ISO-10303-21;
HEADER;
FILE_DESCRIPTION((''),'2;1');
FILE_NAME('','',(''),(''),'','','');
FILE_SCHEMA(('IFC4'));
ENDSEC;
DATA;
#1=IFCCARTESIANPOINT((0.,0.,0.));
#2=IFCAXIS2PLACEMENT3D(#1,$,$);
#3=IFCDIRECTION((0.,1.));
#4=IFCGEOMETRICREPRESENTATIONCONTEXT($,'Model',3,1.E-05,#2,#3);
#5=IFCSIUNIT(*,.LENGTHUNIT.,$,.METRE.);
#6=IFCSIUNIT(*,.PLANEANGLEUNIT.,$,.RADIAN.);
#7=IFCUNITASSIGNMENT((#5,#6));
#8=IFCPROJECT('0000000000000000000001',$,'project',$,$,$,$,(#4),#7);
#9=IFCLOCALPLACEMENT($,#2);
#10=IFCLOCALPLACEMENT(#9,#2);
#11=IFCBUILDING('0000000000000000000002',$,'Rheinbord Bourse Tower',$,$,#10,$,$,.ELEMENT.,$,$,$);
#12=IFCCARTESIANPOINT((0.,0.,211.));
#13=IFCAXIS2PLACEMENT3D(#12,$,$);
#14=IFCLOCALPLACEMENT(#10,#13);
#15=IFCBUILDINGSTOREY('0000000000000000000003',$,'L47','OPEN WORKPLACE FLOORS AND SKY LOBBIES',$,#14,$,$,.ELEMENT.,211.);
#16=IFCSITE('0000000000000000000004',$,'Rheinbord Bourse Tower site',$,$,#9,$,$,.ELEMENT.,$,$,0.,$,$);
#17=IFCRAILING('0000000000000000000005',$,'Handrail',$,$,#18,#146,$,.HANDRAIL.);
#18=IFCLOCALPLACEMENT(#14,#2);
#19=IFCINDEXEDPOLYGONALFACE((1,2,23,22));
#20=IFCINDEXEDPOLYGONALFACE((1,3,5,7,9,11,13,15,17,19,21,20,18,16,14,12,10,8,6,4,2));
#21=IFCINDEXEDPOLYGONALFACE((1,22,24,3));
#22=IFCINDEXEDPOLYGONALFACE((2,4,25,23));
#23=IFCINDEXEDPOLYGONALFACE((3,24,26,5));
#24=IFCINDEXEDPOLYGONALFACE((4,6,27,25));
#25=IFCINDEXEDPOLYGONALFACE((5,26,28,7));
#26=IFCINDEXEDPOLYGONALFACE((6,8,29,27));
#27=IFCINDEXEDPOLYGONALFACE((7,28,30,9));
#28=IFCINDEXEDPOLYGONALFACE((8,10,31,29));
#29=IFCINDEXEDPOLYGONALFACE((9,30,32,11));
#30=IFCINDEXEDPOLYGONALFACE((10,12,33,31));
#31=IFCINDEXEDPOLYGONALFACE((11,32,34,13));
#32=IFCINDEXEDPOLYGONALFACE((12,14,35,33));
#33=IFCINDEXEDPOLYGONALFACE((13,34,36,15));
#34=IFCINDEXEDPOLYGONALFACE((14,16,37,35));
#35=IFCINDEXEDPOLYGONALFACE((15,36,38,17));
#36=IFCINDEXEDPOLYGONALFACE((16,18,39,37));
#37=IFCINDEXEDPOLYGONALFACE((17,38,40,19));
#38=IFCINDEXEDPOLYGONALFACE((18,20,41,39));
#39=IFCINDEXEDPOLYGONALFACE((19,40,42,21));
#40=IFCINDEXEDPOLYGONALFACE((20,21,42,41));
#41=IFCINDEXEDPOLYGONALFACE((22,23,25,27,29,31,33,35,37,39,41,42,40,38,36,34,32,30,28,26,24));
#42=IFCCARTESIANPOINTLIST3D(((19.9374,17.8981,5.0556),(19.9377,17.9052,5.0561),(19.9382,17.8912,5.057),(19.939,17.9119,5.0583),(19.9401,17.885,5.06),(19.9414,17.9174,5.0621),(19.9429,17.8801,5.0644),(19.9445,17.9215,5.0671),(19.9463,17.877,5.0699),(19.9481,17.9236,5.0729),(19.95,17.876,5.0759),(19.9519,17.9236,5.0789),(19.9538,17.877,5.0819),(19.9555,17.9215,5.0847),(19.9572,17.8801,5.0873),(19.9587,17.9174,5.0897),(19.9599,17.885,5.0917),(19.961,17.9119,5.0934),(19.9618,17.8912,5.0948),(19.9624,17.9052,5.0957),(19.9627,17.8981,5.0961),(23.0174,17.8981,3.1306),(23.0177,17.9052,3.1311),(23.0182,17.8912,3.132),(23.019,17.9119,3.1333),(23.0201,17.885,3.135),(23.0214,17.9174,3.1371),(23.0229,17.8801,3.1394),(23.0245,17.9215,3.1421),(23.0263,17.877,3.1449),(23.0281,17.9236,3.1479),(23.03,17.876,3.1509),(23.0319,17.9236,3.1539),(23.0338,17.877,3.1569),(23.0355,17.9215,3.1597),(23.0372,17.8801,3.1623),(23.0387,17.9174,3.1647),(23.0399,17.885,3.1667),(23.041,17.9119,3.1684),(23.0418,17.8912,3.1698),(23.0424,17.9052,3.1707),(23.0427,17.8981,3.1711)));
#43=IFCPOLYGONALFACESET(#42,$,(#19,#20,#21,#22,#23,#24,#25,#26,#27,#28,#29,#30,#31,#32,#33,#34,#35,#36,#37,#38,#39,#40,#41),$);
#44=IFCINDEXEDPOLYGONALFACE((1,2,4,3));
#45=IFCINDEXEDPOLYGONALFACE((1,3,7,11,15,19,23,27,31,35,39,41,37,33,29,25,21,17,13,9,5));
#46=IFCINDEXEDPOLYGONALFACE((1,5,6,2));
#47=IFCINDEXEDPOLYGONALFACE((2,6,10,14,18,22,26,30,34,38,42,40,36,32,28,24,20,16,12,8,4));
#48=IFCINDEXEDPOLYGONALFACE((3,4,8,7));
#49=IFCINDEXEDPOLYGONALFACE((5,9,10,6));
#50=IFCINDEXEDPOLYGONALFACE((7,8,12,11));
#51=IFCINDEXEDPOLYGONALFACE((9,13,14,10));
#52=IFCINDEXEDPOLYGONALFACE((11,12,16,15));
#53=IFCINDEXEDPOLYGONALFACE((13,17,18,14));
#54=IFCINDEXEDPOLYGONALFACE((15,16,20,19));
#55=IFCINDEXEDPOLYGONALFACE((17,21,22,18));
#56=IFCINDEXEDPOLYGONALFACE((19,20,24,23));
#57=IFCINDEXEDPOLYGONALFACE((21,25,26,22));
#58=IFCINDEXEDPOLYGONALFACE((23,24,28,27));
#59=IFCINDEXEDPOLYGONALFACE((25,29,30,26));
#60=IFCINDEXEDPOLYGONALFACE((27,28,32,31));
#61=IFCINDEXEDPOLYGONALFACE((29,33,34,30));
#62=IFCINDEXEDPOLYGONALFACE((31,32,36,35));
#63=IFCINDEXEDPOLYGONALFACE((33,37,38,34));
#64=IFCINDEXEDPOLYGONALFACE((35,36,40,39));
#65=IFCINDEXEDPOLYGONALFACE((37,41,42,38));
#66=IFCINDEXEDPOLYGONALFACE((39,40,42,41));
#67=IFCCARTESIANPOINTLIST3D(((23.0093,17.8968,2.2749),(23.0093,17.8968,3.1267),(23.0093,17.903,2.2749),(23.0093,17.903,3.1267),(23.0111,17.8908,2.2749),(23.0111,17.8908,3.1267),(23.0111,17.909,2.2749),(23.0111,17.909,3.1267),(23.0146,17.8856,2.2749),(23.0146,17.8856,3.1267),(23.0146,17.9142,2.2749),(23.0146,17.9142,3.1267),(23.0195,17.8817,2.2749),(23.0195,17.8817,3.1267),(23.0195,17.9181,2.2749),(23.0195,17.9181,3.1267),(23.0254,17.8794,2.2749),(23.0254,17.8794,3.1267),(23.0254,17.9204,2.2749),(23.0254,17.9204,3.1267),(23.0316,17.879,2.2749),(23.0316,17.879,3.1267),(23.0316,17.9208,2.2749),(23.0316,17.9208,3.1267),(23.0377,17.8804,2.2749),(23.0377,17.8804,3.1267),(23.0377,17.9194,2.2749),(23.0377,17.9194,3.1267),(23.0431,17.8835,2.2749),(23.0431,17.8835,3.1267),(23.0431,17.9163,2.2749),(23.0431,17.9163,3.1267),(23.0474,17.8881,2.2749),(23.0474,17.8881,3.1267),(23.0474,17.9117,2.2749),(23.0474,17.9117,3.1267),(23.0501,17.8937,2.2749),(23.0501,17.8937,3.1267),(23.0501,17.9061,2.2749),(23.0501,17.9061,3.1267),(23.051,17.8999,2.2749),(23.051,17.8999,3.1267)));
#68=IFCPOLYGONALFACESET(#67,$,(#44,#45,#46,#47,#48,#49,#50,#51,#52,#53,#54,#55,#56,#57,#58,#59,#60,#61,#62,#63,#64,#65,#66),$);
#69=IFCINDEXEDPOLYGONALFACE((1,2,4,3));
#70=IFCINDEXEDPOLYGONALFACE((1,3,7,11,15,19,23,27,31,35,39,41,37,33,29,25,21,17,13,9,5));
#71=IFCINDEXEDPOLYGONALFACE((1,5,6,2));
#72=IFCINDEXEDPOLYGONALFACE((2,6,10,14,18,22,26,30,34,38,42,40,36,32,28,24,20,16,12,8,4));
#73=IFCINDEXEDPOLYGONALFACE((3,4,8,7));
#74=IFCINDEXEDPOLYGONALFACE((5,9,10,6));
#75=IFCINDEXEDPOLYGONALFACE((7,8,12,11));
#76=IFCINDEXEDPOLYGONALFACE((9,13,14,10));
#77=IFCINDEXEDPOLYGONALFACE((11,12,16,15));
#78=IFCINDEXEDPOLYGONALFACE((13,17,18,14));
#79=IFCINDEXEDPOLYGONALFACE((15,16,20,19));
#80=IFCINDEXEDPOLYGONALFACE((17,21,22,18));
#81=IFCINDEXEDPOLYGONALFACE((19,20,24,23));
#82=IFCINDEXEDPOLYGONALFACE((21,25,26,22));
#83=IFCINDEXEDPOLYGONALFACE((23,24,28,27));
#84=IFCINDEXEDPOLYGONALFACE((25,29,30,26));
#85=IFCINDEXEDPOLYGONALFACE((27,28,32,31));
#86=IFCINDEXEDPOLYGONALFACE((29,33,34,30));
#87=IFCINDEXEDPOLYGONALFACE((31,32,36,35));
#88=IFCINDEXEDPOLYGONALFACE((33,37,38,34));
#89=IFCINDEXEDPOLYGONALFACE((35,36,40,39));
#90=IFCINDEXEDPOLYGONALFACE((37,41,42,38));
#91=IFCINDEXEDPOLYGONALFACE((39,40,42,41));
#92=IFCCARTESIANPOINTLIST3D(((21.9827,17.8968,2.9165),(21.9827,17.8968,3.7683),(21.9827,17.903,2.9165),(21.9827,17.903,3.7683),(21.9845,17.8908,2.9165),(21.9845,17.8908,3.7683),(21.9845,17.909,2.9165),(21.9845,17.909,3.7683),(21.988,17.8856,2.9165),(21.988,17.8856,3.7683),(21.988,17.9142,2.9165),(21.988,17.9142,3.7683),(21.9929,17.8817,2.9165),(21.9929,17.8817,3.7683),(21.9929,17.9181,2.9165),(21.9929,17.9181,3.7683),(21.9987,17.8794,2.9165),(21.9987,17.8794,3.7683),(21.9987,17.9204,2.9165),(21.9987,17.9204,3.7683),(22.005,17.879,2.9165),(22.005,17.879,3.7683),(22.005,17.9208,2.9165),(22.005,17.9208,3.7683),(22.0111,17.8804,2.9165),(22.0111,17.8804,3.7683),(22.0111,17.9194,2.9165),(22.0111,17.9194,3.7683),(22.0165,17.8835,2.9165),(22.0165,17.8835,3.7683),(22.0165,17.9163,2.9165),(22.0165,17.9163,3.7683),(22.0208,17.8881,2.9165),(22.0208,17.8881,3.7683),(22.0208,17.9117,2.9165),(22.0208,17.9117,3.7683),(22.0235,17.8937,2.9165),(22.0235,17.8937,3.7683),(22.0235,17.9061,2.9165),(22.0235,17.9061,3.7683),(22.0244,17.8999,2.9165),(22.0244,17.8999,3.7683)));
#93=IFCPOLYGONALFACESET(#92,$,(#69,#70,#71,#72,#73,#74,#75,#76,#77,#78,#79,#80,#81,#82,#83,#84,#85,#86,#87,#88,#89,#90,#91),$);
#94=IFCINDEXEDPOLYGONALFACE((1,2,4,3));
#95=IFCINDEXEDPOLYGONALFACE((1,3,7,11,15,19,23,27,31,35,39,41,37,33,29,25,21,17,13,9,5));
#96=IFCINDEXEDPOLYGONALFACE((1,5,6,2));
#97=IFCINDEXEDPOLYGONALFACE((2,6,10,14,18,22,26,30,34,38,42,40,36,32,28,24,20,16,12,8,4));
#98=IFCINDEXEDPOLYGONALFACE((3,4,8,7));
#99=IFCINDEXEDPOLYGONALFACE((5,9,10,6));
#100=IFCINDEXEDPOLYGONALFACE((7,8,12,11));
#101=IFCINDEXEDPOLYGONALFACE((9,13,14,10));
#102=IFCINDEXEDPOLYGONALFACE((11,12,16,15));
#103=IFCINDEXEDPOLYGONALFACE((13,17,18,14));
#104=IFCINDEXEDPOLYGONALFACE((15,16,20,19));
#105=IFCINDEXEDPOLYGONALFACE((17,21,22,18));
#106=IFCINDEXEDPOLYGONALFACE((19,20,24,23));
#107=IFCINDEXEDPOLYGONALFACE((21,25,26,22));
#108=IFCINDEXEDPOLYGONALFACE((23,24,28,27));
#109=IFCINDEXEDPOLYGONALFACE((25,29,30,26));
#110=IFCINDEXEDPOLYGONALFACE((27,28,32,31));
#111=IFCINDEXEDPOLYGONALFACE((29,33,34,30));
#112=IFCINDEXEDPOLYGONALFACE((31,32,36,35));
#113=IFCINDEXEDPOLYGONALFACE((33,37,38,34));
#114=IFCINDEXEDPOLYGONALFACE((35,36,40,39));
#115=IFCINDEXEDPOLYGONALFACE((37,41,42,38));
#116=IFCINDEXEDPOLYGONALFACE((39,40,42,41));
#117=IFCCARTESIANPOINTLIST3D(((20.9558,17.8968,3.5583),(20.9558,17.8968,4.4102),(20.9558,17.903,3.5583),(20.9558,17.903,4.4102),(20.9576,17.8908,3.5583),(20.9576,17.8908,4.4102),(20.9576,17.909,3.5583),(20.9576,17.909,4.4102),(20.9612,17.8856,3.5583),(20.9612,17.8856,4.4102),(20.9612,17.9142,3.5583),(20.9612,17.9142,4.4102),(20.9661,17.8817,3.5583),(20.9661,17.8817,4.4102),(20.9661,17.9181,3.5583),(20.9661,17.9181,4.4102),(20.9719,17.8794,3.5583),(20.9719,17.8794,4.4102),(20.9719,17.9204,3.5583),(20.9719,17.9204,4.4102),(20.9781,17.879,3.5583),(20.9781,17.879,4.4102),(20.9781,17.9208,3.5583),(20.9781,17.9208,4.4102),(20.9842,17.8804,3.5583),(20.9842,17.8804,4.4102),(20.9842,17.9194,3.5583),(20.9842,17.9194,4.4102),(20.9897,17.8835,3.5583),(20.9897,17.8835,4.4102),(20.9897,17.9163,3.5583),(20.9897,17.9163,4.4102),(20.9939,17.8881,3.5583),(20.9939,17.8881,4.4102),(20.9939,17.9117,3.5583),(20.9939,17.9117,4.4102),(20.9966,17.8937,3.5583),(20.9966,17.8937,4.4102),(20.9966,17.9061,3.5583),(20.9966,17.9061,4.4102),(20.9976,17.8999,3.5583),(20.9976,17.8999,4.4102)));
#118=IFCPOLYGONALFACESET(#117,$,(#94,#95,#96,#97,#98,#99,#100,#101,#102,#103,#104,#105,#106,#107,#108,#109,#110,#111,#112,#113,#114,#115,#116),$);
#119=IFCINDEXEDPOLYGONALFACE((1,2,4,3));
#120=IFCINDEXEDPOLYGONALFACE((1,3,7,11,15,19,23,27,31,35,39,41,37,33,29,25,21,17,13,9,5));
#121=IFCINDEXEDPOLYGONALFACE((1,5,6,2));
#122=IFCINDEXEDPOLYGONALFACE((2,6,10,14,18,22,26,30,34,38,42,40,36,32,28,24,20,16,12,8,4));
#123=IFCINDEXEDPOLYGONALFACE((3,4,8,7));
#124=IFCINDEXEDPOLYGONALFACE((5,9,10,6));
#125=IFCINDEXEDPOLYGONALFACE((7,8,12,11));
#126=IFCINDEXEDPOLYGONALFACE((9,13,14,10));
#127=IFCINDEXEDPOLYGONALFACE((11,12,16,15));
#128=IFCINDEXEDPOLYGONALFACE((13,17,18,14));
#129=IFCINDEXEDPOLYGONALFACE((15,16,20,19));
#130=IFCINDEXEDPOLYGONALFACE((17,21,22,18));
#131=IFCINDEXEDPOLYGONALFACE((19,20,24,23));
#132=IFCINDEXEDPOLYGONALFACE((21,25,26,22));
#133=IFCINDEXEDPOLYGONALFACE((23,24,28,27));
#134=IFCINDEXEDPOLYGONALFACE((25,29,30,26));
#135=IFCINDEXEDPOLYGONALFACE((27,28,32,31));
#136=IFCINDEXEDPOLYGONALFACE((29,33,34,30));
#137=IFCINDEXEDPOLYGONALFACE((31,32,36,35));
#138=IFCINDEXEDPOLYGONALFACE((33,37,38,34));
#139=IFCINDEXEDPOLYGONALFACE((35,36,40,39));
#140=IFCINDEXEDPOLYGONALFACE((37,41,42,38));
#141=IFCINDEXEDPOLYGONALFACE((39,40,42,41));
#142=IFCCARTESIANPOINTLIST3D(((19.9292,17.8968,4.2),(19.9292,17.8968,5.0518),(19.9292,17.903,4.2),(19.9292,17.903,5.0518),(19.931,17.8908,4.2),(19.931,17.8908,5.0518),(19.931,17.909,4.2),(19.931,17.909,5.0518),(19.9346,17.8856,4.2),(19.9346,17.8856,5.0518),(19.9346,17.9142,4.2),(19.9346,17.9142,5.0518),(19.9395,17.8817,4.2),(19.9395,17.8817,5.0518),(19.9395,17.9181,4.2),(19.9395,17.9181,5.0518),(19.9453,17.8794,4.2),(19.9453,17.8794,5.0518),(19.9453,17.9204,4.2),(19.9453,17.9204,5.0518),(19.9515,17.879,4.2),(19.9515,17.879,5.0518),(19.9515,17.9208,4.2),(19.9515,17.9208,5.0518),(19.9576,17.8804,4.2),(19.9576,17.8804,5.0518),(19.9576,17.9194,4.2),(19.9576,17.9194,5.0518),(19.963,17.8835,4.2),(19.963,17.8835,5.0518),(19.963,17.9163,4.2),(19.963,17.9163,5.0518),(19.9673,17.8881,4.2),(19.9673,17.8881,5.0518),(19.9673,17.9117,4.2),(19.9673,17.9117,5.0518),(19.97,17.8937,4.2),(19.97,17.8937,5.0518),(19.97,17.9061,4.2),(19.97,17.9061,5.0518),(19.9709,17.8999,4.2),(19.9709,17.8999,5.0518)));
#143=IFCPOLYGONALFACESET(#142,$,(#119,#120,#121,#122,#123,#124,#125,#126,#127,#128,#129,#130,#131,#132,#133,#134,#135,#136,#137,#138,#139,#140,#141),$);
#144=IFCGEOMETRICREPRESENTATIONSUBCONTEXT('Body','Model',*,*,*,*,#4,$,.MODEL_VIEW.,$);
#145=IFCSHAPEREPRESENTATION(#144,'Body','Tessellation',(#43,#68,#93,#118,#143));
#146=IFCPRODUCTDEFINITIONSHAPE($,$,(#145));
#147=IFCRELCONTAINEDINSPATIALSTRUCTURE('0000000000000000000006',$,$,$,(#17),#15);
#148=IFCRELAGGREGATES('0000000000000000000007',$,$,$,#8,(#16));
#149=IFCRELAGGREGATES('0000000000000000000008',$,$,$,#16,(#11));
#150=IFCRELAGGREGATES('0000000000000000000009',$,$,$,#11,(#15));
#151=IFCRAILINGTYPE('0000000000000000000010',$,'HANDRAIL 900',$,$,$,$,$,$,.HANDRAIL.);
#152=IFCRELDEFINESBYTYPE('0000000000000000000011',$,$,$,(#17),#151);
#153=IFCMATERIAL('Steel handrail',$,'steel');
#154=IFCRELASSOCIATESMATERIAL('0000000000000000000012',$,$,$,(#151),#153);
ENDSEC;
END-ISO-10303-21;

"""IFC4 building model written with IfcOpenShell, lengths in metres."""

from ifc_helpers import new_model, si_unit, direction, frame, origin, origin_2d, place, context, subcontext, project, spatial, circle, extrude, material, type_object, element, save


model = new_model("IFC4")

# Units and contexts
model_context = context("Model", 3, precision=1e-05, world=origin(), true_north=direction((0.0, 1.0)))
body_context = subcontext(model_context, "Body", "Model", "MODEL_VIEW")
ifc_project = project(units=[si_unit("LENGTHUNIT", "METRE"), si_unit("PLANEANGLEUNIT", "RADIAN")], contexts=[model_context])

# Site, building, storey
site_placement = place(None, origin())
site = spatial("IfcSite", under=ifc_project, at=site_placement, Name="Rheinbord Bourse Tower site", CompositionType="ELEMENT", RefElevation=0.0)
building_placement = place(site_placement, origin())
building = spatial("IfcBuilding", under=site, at=building_placement, Name="Rheinbord Bourse Tower", CompositionType="ELEMENT")
storey_placement = place(building_placement, frame((0.0, 0.0, 211.0)))
storey = spatial("IfcBuildingStorey", under=building, at=storey_placement, Name="L47", Description="OPEN WORKPLACE FLOORS AND SKY LOBBIES", CompositionType="ELEMENT", Elevation=211.0)

# Railing
ifc_material_1 = material(Name="Steel handrail", Category="steel")
railing_type = type_object("IfcRailingType", Name="HANDRAIL 900", PredefinedType="HANDRAIL", material=ifc_material_1)
railing_1_placement = place(storey_placement, frame((23.03, 17.8999, 2.2749)))
element("IfcRailing", 1, at=railing_1_placement, inside=storey, type_object=railing_type, Name="Handrail", PredefinedType="HANDRAIL", context=body_context, shape_type="SweptSolid", body=[
    extrude(circle(Radius=0.0239, at=origin_2d()), frame((0.0, 0.0, 0.876), z_axis=(-0.847998, 0.0, 0.529999), x_axis=(0.0, -1.0, 0.0)), (0.0, 0.0, 1.0), 3.6321),
    extrude(circle(Radius=0.021, at=origin_2d()), origin(), (0.0, 0.0, 1.0), 0.8518),
    extrude(circle(Radius=0.021, at=origin_2d()), frame((-1.0266, 0.0, 0.6416)), (0.0, 0.0, 1.0), 0.8518),
    extrude(circle(Radius=0.021, at=origin_2d()), frame((-2.0535, 0.0, 1.2834)), (0.0, 0.0, 1.0), 0.8518),
    extrude(circle(Radius=0.021, at=origin_2d()), frame((-3.0801, 0.0, 1.925)), (0.0, 0.0, 1.0), 0.8518),
])

save(model, "model.ifc")
